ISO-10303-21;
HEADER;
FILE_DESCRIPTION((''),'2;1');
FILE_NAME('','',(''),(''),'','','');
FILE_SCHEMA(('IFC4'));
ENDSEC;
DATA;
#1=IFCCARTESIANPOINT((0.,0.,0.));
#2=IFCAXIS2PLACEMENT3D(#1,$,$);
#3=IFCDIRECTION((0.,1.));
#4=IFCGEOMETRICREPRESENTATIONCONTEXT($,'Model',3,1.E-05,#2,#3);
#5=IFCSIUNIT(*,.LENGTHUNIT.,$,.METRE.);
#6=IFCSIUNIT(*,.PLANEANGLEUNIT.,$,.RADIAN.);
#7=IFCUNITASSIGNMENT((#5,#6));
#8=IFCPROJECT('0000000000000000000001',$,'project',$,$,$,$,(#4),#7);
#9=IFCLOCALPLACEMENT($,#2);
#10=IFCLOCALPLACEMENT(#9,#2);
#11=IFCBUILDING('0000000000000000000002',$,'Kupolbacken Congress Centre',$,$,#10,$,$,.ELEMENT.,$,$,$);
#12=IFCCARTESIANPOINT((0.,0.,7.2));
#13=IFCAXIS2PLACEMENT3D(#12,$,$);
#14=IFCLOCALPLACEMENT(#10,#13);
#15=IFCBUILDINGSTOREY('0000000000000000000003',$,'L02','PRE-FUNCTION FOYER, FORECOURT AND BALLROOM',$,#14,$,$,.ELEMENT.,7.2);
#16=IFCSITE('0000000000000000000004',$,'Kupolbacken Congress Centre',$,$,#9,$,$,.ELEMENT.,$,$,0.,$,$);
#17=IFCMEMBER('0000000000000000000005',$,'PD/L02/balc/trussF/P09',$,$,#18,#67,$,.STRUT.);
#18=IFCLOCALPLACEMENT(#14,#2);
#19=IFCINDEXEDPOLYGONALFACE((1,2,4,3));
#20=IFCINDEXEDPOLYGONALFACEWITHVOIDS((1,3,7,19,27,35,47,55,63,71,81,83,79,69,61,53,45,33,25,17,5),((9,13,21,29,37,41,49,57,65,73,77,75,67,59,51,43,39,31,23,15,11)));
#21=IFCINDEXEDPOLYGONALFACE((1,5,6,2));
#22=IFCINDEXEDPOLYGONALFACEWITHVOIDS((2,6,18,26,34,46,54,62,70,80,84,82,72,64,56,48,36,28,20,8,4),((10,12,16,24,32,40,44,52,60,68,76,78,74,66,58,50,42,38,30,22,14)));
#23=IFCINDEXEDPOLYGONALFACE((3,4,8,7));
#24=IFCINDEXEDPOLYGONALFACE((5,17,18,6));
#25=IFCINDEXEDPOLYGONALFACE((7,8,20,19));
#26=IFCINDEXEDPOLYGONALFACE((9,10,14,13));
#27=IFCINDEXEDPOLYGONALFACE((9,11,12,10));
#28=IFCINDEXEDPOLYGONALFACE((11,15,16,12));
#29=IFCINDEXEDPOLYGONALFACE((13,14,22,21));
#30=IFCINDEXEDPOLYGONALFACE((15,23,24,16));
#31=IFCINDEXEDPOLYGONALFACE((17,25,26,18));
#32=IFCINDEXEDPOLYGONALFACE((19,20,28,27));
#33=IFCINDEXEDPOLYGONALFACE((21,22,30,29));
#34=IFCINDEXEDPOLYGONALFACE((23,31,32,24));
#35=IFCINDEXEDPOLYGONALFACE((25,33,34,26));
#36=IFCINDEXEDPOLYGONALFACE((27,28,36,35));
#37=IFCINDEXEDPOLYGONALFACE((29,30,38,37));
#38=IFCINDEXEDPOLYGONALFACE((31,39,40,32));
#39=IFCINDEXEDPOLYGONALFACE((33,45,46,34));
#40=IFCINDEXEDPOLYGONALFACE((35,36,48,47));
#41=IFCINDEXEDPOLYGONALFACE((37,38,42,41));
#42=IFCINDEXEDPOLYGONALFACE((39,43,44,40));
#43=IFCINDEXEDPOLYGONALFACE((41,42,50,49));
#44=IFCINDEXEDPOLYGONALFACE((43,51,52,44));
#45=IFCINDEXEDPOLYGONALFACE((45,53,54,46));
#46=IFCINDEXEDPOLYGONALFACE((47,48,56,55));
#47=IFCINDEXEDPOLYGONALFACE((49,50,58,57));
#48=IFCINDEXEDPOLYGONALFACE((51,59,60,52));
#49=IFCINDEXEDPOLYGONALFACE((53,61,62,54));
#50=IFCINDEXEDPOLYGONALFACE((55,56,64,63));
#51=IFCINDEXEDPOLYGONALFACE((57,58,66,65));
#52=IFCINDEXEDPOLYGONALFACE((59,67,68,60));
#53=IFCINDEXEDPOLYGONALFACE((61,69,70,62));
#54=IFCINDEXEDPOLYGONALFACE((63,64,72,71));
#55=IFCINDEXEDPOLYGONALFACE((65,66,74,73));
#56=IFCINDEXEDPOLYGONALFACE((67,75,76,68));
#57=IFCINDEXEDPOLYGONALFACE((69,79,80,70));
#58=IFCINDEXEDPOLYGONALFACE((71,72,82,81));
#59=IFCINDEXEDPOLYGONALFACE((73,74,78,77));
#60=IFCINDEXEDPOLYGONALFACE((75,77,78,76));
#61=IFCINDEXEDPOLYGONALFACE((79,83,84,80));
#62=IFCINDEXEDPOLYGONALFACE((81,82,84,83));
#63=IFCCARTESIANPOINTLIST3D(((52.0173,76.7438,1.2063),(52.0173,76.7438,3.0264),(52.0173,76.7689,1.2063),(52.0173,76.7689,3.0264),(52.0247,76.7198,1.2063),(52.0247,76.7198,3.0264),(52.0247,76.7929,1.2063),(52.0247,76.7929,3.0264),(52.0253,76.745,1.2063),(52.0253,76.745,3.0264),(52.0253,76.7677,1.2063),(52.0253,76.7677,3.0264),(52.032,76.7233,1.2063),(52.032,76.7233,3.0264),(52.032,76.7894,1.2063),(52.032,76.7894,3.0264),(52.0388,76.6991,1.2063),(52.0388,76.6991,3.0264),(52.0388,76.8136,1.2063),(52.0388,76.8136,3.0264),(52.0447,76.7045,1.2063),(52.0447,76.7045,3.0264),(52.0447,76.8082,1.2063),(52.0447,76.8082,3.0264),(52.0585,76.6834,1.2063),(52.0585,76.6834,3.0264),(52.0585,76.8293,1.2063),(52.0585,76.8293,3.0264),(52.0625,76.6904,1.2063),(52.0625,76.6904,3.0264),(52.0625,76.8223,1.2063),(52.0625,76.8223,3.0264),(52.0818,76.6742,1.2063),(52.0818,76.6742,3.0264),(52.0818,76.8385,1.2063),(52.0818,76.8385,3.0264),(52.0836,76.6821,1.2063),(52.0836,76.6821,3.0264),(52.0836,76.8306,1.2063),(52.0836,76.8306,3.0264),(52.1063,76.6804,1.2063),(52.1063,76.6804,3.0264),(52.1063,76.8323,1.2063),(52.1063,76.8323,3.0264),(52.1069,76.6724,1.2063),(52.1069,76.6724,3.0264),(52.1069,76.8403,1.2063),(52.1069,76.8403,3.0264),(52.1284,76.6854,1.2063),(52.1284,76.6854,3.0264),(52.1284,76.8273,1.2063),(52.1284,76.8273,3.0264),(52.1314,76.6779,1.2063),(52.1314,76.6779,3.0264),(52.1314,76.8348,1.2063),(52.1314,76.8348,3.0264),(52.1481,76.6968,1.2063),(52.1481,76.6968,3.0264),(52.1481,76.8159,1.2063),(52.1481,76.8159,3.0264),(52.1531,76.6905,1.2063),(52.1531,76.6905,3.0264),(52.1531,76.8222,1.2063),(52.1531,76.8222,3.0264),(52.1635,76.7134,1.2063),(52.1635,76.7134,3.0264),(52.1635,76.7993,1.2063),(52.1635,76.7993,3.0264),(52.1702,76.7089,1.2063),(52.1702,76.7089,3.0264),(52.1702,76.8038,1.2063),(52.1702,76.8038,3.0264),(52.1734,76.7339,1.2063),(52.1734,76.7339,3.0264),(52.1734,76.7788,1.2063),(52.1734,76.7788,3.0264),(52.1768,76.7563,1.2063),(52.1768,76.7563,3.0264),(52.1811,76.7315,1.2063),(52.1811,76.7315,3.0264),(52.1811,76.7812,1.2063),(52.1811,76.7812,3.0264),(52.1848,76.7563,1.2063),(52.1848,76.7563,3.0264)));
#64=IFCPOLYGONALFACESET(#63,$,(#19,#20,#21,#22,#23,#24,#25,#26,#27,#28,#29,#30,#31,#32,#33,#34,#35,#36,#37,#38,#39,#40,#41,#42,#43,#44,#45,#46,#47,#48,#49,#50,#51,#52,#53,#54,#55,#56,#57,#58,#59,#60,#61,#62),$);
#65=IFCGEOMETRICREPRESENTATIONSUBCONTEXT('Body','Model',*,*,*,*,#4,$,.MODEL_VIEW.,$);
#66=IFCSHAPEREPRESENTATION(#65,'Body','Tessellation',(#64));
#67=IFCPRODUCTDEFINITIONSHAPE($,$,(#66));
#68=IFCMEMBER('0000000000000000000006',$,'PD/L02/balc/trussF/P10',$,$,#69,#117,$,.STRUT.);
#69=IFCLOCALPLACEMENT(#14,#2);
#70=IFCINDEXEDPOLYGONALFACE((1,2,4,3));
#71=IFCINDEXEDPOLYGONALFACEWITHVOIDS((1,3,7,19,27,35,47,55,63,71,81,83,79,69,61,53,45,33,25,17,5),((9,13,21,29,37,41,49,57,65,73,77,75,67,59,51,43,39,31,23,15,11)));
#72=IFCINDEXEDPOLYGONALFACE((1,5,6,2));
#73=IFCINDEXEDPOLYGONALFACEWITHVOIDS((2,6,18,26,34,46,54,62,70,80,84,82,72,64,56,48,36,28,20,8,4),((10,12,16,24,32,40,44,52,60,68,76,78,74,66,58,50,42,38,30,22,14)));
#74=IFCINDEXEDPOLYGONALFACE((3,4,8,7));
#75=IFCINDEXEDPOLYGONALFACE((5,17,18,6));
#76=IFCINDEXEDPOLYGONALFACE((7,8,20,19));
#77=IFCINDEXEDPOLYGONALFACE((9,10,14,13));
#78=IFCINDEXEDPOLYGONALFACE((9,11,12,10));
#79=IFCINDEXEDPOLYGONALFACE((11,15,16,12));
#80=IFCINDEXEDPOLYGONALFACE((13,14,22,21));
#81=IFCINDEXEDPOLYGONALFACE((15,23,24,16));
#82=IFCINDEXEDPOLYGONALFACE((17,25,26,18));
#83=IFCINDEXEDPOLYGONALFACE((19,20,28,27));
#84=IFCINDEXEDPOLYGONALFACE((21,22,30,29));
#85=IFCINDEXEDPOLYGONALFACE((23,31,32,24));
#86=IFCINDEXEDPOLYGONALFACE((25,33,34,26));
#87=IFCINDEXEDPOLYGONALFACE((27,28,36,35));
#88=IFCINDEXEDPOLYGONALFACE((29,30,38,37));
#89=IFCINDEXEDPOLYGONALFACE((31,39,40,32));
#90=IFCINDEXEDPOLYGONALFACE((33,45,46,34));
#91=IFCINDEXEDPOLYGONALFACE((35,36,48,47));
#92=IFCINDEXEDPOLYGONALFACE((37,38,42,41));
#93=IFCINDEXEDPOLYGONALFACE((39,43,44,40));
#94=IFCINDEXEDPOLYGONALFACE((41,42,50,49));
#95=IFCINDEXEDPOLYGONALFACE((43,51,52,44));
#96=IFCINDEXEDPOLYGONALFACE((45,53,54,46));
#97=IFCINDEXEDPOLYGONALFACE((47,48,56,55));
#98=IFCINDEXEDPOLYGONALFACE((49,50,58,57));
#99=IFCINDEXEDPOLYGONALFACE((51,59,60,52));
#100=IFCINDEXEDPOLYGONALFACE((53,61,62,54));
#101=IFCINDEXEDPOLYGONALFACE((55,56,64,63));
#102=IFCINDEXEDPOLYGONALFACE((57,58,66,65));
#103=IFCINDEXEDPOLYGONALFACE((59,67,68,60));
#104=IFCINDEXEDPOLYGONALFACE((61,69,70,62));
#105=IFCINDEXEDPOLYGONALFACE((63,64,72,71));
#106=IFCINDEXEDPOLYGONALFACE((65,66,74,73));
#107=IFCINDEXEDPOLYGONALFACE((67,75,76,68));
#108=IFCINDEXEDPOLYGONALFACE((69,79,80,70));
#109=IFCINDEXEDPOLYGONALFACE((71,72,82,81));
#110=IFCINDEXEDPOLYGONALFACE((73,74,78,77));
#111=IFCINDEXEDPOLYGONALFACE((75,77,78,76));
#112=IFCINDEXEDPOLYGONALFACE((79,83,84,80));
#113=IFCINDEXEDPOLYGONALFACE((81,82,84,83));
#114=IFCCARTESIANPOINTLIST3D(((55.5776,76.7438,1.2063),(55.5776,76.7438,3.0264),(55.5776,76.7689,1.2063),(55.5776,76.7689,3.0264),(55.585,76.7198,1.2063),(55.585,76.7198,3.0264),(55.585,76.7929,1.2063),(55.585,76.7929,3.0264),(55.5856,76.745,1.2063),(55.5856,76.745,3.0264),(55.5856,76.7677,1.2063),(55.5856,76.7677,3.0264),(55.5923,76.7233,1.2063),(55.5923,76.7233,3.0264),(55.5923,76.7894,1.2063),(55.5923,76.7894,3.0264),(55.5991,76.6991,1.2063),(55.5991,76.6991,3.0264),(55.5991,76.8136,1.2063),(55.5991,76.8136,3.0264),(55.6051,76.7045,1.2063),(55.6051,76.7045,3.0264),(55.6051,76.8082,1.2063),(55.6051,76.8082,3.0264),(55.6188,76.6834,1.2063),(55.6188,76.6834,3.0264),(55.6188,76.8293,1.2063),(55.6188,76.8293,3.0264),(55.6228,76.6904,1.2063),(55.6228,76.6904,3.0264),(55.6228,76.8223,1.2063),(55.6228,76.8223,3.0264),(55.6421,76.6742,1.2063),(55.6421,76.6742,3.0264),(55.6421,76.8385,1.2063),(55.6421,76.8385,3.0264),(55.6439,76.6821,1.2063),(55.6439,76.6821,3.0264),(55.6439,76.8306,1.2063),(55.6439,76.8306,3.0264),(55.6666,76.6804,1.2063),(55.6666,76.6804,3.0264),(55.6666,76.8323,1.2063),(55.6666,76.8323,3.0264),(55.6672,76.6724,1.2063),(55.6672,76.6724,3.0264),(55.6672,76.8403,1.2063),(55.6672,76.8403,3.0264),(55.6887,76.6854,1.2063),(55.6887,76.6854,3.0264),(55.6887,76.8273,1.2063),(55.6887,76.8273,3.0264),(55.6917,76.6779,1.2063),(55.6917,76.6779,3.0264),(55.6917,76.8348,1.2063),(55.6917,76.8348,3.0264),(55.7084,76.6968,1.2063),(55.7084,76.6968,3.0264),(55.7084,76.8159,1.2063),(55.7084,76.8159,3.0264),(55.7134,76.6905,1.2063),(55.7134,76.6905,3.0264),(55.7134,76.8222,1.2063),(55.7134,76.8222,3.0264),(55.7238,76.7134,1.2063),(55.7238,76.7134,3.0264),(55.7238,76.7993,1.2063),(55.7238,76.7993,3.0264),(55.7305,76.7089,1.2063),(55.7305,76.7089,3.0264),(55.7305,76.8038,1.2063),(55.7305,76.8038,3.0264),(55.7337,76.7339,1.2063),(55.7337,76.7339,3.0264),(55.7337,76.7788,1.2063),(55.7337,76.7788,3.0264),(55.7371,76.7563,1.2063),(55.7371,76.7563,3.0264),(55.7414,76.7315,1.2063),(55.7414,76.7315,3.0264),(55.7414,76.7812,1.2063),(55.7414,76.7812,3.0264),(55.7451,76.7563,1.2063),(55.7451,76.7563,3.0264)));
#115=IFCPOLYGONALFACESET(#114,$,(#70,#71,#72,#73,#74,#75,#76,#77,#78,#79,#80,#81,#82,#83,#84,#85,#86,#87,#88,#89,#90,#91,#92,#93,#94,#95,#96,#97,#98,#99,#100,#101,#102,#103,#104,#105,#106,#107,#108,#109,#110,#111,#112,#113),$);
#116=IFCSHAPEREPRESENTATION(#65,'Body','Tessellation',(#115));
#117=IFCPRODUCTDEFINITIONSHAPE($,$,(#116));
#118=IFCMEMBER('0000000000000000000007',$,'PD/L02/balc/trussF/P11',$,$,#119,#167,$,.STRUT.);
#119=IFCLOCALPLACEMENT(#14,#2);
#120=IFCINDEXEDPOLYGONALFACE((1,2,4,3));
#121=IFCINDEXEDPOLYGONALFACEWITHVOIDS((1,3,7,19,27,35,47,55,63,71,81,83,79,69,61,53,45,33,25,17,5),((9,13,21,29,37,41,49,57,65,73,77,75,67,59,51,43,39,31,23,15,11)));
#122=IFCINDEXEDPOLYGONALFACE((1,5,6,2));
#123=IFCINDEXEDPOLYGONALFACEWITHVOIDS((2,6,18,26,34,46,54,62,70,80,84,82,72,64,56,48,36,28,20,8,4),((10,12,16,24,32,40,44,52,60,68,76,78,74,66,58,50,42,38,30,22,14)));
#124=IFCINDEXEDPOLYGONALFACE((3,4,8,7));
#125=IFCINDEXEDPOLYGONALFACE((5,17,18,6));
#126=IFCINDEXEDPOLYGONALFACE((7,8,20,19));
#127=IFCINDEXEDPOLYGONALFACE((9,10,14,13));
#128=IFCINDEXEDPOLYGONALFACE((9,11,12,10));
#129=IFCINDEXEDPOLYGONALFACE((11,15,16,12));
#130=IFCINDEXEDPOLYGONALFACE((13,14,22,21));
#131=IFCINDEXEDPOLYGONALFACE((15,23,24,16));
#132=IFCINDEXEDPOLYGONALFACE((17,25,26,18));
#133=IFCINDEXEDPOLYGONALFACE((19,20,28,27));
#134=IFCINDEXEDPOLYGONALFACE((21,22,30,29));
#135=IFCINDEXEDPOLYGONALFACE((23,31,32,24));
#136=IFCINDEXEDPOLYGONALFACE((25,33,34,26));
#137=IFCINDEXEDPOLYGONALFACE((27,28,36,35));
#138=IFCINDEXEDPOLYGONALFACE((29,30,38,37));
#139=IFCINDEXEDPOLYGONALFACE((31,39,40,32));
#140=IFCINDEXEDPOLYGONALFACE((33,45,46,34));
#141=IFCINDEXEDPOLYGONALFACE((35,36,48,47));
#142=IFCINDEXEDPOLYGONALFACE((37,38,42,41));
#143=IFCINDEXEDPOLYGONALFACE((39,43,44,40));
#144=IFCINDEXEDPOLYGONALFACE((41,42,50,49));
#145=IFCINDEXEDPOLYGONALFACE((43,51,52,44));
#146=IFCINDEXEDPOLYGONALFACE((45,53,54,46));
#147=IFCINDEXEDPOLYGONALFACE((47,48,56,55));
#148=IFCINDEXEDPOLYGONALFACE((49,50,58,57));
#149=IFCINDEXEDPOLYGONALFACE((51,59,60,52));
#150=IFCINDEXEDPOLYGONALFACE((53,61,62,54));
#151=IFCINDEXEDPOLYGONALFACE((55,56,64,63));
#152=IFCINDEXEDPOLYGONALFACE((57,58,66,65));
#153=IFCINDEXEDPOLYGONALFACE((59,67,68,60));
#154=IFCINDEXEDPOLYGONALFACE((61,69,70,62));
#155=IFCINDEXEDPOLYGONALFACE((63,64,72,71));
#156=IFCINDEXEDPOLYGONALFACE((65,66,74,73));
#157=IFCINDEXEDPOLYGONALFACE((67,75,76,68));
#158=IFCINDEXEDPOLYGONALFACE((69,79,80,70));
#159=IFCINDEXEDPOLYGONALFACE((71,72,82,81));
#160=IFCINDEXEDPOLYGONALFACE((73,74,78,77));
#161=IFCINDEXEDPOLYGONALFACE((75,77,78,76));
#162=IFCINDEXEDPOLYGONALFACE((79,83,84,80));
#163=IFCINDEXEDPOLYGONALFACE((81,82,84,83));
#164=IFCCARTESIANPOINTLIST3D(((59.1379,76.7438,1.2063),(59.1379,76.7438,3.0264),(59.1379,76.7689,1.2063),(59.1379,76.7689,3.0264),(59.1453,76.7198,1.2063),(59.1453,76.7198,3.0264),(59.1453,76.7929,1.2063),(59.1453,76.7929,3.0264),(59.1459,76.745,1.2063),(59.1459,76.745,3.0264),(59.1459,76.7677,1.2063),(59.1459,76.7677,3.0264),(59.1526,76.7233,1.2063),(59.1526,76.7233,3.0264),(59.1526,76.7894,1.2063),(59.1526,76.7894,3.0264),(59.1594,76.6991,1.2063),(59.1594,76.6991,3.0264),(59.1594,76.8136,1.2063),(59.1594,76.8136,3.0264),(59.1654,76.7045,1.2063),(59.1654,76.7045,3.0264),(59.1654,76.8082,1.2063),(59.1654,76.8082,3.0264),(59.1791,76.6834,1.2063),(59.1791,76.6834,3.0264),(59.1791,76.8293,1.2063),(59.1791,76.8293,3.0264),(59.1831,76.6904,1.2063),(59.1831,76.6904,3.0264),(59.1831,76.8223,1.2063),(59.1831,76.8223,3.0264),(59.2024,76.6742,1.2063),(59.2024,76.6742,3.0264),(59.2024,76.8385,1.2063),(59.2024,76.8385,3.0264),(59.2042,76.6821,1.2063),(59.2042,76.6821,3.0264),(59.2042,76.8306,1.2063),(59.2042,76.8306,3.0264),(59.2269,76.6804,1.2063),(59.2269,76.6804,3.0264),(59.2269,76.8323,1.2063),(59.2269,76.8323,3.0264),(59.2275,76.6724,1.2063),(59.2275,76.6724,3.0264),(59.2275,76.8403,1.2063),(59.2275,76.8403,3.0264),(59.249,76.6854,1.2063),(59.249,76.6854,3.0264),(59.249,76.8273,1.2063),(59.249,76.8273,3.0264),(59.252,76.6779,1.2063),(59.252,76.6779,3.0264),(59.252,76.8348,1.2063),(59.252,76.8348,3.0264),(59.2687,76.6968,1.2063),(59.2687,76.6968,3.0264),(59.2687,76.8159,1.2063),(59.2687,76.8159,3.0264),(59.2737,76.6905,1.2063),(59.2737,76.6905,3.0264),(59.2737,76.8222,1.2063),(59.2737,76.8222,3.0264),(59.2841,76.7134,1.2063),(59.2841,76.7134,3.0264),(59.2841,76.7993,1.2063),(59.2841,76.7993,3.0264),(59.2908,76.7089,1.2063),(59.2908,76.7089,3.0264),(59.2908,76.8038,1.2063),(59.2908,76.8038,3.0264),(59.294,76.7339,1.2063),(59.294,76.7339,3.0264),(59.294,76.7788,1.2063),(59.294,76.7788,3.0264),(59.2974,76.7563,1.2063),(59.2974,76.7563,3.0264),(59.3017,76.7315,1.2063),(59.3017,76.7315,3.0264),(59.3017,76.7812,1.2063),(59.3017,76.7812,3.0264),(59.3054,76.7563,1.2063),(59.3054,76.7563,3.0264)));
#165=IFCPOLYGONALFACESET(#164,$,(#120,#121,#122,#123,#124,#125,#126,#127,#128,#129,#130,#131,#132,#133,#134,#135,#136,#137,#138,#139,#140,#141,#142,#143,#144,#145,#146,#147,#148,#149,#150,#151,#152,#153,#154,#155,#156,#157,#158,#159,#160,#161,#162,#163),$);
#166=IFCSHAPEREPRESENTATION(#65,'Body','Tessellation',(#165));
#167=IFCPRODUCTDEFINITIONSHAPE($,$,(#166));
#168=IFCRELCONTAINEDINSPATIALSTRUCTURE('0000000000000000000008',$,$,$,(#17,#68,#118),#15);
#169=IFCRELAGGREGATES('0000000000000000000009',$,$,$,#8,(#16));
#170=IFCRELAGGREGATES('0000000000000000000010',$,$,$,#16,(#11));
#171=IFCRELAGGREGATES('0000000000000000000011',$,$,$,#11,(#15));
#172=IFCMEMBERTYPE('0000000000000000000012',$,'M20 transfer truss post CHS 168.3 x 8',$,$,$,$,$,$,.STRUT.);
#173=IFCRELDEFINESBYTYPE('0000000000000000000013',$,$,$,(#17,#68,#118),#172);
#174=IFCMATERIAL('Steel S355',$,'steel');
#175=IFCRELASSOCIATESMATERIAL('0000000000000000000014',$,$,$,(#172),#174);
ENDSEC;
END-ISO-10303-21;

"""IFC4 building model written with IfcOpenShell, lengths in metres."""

from ifc_helpers import new_model, si_unit, direction, frame, origin, origin_2d, place, context, subcontext, project, spatial, hollow_circle, extrude, material, material_profile, profile_set, type_object, element, save


model = new_model("IFC4")

# Units and contexts
model_context = context("Model", 3, precision=1e-05, world=origin(), true_north=direction((0.0, 1.0)))
body_context = subcontext(model_context, "Body", "Model", "MODEL_VIEW")
ifc_project = project(units=[si_unit("LENGTHUNIT", "METRE"), si_unit("PLANEANGLEUNIT", "RADIAN")], contexts=[model_context])

# Site, building, storey
site_placement = place(None, origin())
site = spatial("IfcSite", under=ifc_project, at=site_placement, Name="Kupolbacken Congress Centre", CompositionType="ELEMENT", RefElevation=0.0)
building_placement = place(site_placement, origin())
building = spatial("IfcBuilding", under=site, at=building_placement, Name="Kupolbacken Congress Centre", CompositionType="ELEMENT")
storey_placement = place(building_placement, frame((0.0, 0.0, 7.2)))
storey = spatial("IfcBuildingStorey", under=building, at=storey_placement, Name="L02", Description="PRE-FUNCTION FOYER, FORECOURT AND BALLROOM", CompositionType="ELEMENT", Elevation=7.2)

# Members
ifc_material_1 = material(Name="Steel S355", Category="steel")
ifc_material_profile_1 = material_profile(ifc_material_1, hollow_circle(Radius=0.0842, WallThickness=0.0081, at=origin_2d()), Name="CHS 168.3 x 8")
ifc_profile_set_1 = profile_set([ifc_material_profile_1], Name="Steel S355")
member_type_1 = type_object("IfcMemberType", Name="M20 transfer truss post CHS 168.3 x 8", PredefinedType="STRUT", material=ifc_profile_set_1)
for number, where, z_axis, x_axis, name in (
    (1, (52.1006, 76.7563, 1.2063), (0.0, 0.0, 1.0), (1.0, 0.0, 0.0), "PD/L02/balc/trussF/P09"),
    (2, (55.6609, 76.7563, 1.2063), (0.0, 0.0, 1.0), (1.0, 0.0, 0.0), "PD/L02/balc/trussF/P10"),
    (3, (59.2212, 76.7563, 1.2063), (0.0, 0.0, 1.0), (1.0, 0.0, 0.0), "PD/L02/balc/trussF/P11"),
):
    element("IfcMember", number, at=place(storey_placement, frame(where, z_axis=z_axis, x_axis=x_axis)), inside=storey, type_object=member_type_1, Name=name, PredefinedType="STRUT", context=body_context, shape_type="SweptSolid", body=[
        extrude(hollow_circle(Radius=0.0842, WallThickness=0.0081, at=origin_2d()), origin(), (0.0, 0.0, 1.0), 1.8201),
    ])

save(model, "model.ifc")
